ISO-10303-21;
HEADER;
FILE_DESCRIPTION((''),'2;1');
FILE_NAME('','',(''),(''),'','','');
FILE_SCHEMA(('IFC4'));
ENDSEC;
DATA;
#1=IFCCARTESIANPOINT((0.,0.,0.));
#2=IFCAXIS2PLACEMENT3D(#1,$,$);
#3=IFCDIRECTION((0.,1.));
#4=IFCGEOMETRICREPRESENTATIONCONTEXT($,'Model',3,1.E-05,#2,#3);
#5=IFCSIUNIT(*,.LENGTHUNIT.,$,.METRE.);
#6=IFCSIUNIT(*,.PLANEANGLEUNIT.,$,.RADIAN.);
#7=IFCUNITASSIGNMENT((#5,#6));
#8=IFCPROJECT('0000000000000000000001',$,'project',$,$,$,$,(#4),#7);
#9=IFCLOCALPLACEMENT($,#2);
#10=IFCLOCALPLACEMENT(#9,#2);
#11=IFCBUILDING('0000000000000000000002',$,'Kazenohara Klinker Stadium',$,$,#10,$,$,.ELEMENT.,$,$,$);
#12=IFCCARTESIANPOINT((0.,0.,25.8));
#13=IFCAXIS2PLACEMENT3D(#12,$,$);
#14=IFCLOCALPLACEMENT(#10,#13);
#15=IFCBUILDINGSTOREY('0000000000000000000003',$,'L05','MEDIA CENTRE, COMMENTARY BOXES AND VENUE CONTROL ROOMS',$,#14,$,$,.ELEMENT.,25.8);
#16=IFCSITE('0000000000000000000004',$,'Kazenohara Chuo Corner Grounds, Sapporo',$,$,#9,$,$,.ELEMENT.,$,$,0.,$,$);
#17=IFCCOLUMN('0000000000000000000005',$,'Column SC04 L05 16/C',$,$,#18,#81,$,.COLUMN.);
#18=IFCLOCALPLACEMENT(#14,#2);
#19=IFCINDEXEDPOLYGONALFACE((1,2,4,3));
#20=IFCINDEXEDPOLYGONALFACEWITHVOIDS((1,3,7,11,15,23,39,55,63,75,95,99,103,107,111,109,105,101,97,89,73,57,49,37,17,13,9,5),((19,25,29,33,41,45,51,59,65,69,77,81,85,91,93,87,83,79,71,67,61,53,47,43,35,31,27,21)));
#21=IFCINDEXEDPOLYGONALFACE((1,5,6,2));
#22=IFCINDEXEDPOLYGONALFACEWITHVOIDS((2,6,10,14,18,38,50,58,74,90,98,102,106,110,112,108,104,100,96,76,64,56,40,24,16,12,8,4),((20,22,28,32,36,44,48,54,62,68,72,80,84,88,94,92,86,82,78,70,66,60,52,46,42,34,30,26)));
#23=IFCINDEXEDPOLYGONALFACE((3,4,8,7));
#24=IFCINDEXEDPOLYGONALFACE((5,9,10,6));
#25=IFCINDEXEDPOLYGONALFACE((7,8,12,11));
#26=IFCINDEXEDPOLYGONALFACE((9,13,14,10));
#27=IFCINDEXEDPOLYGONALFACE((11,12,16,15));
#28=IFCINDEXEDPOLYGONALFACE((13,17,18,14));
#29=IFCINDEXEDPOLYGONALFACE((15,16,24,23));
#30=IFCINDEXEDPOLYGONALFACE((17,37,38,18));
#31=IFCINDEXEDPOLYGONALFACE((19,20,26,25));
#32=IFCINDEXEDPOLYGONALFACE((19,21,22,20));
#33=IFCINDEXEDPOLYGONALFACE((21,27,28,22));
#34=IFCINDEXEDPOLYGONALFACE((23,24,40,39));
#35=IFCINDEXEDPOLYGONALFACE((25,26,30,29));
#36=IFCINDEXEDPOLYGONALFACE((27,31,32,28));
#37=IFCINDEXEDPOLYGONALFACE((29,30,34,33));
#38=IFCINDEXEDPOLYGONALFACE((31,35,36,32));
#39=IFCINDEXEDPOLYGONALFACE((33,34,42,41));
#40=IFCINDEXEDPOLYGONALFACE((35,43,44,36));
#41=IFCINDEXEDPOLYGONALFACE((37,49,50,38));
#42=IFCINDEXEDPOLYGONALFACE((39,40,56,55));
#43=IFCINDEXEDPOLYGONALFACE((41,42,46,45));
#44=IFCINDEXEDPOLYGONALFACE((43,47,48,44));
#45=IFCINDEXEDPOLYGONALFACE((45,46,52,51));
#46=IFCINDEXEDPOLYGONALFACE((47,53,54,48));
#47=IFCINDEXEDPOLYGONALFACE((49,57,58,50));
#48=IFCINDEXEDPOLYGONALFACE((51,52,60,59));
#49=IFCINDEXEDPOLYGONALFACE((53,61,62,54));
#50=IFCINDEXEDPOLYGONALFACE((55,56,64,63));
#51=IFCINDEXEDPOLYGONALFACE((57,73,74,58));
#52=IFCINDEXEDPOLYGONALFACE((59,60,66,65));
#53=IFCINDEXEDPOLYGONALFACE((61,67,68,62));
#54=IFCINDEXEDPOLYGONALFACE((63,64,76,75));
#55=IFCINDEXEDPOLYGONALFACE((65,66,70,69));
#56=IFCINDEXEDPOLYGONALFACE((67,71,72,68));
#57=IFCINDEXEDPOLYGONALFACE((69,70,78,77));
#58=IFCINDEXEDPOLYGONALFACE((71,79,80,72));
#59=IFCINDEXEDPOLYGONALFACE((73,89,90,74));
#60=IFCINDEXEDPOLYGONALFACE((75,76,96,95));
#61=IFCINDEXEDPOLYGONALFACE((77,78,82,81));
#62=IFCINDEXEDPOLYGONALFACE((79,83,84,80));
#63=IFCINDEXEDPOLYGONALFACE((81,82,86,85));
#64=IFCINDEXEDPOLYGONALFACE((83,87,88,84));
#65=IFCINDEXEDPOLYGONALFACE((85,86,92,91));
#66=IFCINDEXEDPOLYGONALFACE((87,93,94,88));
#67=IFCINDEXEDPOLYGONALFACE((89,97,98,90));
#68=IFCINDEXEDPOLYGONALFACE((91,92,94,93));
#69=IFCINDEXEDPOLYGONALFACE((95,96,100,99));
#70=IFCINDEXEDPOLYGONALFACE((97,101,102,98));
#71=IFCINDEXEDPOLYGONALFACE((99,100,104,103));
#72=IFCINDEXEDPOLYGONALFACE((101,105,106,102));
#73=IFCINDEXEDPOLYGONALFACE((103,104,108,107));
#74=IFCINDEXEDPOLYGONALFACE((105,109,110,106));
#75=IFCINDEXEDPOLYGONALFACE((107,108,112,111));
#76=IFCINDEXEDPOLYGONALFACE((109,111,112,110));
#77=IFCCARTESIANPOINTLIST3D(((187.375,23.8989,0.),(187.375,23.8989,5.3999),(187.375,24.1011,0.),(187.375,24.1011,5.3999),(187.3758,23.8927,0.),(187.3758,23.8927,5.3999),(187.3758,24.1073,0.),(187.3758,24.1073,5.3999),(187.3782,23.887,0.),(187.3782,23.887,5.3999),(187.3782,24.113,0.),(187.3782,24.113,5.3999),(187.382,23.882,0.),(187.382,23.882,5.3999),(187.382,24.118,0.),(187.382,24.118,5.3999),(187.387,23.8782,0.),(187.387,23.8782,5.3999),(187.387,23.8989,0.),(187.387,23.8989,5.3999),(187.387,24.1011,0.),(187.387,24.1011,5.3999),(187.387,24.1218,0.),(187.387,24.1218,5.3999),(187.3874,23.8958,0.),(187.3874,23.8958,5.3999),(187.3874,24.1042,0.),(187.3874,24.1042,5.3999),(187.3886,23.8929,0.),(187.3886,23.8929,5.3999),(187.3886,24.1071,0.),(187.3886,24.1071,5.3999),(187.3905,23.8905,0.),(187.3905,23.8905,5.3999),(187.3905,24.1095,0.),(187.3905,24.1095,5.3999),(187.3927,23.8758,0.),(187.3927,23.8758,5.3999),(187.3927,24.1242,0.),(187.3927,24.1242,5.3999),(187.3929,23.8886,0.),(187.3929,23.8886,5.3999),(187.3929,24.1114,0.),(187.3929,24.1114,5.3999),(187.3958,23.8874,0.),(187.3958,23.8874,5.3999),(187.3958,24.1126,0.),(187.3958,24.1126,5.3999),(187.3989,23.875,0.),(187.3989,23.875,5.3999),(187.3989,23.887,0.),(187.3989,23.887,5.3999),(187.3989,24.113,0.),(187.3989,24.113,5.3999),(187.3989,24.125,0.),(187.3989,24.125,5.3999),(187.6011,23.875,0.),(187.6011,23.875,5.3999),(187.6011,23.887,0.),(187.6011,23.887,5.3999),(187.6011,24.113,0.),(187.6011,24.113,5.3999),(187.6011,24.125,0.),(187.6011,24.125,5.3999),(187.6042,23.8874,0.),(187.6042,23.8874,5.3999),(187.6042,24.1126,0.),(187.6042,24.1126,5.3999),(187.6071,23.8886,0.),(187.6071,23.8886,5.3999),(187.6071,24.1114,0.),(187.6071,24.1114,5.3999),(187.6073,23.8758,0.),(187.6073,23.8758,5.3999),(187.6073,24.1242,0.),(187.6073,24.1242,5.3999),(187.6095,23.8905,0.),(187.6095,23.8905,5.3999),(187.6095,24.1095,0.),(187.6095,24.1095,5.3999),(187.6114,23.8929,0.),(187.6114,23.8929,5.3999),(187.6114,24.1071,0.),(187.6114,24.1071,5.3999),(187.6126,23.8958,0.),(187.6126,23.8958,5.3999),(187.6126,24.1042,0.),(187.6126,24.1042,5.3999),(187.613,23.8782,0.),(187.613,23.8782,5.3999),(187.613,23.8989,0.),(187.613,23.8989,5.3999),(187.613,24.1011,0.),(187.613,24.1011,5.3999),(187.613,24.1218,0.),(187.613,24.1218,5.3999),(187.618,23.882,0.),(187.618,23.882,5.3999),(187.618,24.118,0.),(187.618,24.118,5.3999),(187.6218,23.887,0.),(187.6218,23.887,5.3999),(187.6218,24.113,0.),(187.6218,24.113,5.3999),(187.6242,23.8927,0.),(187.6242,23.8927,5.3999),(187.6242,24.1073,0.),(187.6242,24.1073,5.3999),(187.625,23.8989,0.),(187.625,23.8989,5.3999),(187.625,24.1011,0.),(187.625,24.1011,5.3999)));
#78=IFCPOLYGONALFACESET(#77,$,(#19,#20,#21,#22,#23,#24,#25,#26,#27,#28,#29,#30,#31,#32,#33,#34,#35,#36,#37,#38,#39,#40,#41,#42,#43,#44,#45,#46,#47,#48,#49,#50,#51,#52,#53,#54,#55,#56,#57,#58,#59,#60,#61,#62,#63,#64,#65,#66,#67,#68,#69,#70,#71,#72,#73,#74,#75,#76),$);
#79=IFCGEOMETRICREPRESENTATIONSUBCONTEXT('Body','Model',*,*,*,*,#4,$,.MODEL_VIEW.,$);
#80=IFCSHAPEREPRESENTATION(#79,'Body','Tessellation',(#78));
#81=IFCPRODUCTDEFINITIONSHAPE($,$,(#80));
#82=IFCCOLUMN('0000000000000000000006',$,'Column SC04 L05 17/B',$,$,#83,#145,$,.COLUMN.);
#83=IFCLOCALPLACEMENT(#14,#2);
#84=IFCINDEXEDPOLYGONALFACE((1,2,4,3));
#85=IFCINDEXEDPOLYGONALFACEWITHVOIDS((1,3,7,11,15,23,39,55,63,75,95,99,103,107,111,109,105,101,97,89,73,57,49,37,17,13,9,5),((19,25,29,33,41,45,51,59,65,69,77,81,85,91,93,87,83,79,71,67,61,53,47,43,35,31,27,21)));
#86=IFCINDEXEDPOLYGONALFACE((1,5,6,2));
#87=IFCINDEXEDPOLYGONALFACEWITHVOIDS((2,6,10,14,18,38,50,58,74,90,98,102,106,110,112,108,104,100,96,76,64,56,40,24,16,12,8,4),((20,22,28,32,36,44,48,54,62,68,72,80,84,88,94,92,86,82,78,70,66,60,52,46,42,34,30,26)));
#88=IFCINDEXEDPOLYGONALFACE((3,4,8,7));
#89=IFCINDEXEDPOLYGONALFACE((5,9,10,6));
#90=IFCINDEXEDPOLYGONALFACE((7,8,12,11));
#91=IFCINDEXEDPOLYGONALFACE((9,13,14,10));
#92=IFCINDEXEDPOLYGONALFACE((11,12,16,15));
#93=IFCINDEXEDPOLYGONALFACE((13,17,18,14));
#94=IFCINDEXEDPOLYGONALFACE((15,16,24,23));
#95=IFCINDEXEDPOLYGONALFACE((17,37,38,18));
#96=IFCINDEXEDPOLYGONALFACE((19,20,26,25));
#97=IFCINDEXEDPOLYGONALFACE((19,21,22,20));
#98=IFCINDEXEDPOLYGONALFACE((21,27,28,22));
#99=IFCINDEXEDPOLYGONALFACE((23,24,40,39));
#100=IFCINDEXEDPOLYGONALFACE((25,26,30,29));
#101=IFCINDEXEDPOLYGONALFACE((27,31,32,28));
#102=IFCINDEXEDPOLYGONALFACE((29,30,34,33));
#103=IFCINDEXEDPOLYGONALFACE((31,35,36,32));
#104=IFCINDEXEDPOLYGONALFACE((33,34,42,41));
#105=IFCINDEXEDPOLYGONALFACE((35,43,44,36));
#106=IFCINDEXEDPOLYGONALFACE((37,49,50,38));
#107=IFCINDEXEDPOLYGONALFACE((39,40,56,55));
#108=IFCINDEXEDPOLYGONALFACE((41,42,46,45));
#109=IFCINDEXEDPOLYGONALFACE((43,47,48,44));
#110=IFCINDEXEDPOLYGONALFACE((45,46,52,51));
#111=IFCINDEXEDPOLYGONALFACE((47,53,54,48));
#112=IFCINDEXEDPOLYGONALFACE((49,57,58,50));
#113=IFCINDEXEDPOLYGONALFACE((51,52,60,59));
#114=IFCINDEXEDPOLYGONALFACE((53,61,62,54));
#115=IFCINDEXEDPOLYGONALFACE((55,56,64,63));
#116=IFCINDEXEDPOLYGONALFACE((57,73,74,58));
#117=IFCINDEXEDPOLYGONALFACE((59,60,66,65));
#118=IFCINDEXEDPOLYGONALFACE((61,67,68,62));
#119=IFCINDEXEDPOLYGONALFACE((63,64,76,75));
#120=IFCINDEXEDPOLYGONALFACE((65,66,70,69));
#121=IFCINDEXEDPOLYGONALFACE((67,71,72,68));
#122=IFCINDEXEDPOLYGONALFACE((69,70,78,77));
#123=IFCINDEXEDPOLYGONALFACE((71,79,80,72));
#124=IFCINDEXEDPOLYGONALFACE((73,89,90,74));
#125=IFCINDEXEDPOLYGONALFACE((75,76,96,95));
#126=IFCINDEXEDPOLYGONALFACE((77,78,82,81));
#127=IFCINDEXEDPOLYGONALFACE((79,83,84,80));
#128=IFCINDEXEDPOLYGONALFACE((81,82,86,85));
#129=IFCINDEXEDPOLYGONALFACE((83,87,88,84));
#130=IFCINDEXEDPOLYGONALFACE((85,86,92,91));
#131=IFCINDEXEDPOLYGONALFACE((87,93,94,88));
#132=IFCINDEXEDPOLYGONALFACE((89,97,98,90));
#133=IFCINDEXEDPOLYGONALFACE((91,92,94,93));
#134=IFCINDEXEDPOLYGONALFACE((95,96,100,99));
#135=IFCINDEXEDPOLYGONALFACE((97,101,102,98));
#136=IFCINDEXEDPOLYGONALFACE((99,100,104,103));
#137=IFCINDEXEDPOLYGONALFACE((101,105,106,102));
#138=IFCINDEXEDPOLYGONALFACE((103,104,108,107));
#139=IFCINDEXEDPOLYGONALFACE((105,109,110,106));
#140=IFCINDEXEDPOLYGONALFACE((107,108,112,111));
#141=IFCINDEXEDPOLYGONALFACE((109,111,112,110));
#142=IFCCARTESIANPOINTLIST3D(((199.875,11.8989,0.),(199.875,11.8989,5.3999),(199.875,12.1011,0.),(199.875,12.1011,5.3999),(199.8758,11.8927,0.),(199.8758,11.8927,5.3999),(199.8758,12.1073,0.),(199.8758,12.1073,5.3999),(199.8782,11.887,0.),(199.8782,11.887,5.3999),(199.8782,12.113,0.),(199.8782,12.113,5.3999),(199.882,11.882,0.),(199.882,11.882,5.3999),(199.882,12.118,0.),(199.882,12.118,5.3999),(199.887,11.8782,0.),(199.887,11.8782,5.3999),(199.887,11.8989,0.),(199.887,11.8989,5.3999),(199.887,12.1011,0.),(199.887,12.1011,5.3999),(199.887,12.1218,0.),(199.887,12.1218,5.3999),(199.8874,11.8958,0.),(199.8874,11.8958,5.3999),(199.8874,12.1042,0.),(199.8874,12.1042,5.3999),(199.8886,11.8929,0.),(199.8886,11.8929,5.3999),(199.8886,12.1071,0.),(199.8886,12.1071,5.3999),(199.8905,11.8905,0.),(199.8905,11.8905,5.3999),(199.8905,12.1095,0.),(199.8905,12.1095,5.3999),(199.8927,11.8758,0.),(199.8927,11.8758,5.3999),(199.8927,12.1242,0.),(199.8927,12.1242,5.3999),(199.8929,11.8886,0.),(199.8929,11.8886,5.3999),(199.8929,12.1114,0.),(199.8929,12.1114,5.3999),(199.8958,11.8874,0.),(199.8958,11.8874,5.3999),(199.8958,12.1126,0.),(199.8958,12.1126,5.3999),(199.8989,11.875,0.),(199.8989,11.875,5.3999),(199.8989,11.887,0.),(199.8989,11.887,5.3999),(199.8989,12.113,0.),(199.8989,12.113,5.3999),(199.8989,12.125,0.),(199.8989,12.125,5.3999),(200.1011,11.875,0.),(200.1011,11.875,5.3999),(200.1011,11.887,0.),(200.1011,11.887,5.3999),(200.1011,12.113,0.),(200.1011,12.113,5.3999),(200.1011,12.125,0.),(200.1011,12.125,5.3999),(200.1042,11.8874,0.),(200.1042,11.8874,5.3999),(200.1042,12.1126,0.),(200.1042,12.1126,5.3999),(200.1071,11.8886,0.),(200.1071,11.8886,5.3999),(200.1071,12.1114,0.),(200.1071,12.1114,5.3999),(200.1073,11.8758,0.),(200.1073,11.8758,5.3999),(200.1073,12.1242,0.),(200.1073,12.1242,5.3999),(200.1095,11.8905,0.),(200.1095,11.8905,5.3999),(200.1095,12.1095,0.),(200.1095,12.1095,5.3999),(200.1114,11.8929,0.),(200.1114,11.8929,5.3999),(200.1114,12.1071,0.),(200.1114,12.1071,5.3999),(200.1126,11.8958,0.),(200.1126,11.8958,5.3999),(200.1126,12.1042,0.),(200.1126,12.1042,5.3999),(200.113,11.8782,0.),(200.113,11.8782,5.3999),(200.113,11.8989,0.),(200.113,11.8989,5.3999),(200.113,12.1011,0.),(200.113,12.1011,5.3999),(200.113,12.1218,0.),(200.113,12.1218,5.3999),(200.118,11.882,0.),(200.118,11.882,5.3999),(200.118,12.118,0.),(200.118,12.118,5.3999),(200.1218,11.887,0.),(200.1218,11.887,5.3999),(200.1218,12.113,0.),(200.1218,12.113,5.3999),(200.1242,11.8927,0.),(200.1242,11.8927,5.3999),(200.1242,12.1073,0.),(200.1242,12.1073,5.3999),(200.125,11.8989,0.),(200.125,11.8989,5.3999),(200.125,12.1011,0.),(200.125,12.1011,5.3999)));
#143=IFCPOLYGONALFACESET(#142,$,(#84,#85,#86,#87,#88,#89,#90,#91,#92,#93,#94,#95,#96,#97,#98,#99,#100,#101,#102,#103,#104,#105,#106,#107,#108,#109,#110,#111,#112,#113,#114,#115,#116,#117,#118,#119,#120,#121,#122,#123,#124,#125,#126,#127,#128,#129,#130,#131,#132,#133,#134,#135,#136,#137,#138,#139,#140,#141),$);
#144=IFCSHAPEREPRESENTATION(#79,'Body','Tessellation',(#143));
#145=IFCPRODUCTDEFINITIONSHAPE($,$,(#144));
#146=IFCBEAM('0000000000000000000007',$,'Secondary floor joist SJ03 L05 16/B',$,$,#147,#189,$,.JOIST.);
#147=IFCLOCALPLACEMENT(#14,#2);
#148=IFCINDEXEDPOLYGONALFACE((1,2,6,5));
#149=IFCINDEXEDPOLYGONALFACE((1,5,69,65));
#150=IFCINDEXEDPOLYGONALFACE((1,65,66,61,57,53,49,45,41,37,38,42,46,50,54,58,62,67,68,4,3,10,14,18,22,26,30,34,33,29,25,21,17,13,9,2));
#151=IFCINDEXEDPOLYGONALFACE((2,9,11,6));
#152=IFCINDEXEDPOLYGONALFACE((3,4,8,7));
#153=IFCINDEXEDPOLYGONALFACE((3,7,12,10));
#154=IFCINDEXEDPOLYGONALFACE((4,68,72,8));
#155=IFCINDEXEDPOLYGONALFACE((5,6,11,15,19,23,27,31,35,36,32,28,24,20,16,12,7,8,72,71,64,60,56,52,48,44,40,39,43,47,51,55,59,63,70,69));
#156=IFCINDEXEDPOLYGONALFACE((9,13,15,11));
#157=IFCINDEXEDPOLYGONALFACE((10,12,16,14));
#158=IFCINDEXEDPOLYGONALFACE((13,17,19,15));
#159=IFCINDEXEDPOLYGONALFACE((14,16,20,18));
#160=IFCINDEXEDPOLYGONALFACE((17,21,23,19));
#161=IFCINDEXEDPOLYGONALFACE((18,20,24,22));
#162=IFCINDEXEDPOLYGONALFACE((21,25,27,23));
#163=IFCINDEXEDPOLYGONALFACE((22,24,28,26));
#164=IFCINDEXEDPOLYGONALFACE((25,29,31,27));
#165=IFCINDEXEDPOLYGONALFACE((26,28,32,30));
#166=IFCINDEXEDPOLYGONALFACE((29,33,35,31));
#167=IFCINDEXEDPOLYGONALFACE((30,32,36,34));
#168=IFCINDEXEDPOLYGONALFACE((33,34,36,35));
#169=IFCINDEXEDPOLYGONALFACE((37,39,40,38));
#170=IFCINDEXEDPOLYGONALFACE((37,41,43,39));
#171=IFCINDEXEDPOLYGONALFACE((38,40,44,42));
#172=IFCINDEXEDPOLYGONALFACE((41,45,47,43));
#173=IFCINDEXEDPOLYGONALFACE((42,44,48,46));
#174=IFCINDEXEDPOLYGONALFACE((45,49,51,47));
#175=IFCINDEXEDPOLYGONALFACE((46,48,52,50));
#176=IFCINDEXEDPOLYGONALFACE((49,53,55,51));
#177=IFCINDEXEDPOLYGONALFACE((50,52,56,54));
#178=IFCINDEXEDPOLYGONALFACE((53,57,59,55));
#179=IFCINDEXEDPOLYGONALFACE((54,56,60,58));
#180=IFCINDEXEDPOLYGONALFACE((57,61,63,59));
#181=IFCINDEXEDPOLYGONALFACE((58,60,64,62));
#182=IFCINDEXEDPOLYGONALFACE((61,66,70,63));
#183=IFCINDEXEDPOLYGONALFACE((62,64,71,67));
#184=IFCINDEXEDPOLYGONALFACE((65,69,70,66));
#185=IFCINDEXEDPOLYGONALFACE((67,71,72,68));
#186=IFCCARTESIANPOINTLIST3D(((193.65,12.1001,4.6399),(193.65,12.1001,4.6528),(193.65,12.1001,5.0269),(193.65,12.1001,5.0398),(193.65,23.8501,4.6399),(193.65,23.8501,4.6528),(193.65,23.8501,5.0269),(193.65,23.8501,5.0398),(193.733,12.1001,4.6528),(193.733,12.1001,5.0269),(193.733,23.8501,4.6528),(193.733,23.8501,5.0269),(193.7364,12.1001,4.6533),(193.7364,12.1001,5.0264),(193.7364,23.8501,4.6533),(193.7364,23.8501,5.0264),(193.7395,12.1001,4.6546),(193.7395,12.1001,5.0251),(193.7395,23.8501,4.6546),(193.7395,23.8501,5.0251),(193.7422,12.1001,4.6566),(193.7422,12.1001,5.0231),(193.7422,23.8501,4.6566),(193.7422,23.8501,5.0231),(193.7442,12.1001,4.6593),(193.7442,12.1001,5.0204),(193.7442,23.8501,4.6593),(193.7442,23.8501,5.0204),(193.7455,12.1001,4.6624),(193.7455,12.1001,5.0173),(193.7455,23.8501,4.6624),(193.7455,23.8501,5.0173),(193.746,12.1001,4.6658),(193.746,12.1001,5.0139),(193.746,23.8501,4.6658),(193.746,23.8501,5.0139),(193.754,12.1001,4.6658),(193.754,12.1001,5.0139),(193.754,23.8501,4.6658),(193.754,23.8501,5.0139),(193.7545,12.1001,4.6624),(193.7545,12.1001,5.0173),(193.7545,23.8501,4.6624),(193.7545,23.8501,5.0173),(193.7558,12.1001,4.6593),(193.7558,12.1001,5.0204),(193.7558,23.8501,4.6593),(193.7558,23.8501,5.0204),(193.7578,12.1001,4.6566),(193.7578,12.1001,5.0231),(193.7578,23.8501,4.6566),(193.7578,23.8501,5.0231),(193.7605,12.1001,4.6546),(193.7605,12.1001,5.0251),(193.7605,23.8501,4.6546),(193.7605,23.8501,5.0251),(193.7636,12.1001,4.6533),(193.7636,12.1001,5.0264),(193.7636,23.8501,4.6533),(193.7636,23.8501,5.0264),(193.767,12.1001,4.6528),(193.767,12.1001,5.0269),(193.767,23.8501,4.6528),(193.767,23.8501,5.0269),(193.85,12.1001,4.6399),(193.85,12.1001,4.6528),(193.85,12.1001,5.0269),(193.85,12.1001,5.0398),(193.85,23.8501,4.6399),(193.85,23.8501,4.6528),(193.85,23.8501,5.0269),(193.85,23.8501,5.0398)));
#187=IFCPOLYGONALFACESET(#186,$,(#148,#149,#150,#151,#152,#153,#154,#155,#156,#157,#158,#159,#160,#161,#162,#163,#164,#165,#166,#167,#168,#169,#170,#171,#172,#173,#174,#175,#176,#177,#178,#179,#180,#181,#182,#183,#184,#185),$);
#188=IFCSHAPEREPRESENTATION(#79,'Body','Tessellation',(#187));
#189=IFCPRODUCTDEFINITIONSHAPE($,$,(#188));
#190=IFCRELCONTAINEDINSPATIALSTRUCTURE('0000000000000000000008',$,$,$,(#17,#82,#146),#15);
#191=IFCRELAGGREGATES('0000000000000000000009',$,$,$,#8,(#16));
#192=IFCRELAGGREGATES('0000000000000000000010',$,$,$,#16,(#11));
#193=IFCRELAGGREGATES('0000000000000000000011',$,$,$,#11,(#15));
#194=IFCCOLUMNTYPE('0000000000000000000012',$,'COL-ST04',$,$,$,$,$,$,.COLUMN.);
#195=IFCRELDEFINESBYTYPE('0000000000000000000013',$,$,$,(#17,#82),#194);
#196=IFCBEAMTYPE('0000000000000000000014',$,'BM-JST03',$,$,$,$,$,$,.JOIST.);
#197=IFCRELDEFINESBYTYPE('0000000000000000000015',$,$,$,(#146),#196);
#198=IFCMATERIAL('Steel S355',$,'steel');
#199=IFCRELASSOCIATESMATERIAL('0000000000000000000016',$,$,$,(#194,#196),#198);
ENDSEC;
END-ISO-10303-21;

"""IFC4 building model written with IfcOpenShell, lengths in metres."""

from ifc_helpers import new_model, si_unit, direction, frame, origin, origin_2d, place, context, subcontext, project, spatial, hollow_rectangle, i_section, extrude, material, material_profile, profile_set, type_object, element, save


model = new_model("IFC4")

# Units and contexts
model_context = context("Model", 3, precision=1e-05, world=origin(), true_north=direction((0.0, 1.0)))
body_context = subcontext(model_context, "Body", "Model", "MODEL_VIEW")
ifc_project = project(units=[si_unit("LENGTHUNIT", "METRE"), si_unit("PLANEANGLEUNIT", "RADIAN")], contexts=[model_context])

# Site, building, storey
site_placement = place(None, origin())
site = spatial("IfcSite", under=ifc_project, at=site_placement, Name="Kazenohara Chuo Corner Grounds, Sapporo", CompositionType="ELEMENT", RefElevation=0.0)
building_placement = place(site_placement, origin())
building = spatial("IfcBuilding", under=site, at=building_placement, Name="Kazenohara Klinker Stadium", CompositionType="ELEMENT")
storey_placement = place(building_placement, frame((0.0, 0.0, 25.8)))
storey = spatial("IfcBuildingStorey", under=building, at=storey_placement, Name="L05", Description="MEDIA CENTRE, COMMENTARY BOXES AND VENUE CONTROL ROOMS", CompositionType="ELEMENT", Elevation=25.8)

# Columns
ifc_material_1 = material(Name="Steel S355", Category="steel")
ifc_material_profile_1 = material_profile(ifc_material_1, hollow_rectangle(XDim=0.25, YDim=0.25, WallThickness=0.012, InnerFilletRadius=0.012, OuterFilletRadius=0.0239, at=origin_2d()), Name="SHS-250x250x12")
ifc_profile_set_1 = profile_set([ifc_material_profile_1], Name="Steel S355")
column_type = type_object("IfcColumnType", Name="COL-ST04", PredefinedType="COLUMN", material=ifc_profile_set_1)
for number, where, z_axis, x_axis, name in (
    (1, (187.5, 24.0, 0.0), (0.0, 0.0, 1.0), (1.0, 0.0, 0.0), "Column SC04 L05 16/C"),
    (2, (200.0, 12.0, 0.0), (0.0, 0.0, 1.0), (1.0, 0.0, 0.0), "Column SC04 L05 17/B"),
):
    element("IfcColumn", number, at=place(storey_placement, frame(where, z_axis=z_axis, x_axis=x_axis)), inside=storey, type_object=column_type, Name=name, PredefinedType="COLUMN", context=body_context, shape_type="SweptSolid", body=[
        extrude(hollow_rectangle(XDim=0.25, YDim=0.25, WallThickness=0.012, InnerFilletRadius=0.012, OuterFilletRadius=0.0239, at=origin_2d()), origin(), (0.0, 0.0, 1.0), 5.3999),
    ])

# Beam
ifc_material_profile_2 = material_profile(ifc_material_1, i_section(OverallWidth=0.2, OverallDepth=0.3999, WebThickness=0.0081, FlangeThickness=0.0129, FilletRadius=0.0129, at=origin_2d()), Name="H-400x200x8x13")
ifc_profile_set_2 = profile_set([ifc_material_profile_2], Name="Steel S355")
beam_type_1 = type_object("IfcBeamType", Name="BM-JST03", PredefinedType="JOIST", material=ifc_profile_set_2)
beam_1_placement = place(storey_placement, frame((193.75, 12.1001, 4.8398), z_axis=(0.0, 1.0, 0.0), x_axis=(-1.0, 0.0, 0.0)))
element("IfcBeam", 3, at=beam_1_placement, inside=storey, type_object=beam_type_1, Name="Secondary floor joist SJ03 L05 16/B", PredefinedType="JOIST", context=body_context, shape_type="SweptSolid", body=[
    extrude(i_section(OverallWidth=0.2, OverallDepth=0.3999, WebThickness=0.0081, FlangeThickness=0.0129, FilletRadius=0.0129, at=origin_2d()), origin(), (0.0, 0.0, 1.0), 11.75),
])

save(model, "model.ifc")
